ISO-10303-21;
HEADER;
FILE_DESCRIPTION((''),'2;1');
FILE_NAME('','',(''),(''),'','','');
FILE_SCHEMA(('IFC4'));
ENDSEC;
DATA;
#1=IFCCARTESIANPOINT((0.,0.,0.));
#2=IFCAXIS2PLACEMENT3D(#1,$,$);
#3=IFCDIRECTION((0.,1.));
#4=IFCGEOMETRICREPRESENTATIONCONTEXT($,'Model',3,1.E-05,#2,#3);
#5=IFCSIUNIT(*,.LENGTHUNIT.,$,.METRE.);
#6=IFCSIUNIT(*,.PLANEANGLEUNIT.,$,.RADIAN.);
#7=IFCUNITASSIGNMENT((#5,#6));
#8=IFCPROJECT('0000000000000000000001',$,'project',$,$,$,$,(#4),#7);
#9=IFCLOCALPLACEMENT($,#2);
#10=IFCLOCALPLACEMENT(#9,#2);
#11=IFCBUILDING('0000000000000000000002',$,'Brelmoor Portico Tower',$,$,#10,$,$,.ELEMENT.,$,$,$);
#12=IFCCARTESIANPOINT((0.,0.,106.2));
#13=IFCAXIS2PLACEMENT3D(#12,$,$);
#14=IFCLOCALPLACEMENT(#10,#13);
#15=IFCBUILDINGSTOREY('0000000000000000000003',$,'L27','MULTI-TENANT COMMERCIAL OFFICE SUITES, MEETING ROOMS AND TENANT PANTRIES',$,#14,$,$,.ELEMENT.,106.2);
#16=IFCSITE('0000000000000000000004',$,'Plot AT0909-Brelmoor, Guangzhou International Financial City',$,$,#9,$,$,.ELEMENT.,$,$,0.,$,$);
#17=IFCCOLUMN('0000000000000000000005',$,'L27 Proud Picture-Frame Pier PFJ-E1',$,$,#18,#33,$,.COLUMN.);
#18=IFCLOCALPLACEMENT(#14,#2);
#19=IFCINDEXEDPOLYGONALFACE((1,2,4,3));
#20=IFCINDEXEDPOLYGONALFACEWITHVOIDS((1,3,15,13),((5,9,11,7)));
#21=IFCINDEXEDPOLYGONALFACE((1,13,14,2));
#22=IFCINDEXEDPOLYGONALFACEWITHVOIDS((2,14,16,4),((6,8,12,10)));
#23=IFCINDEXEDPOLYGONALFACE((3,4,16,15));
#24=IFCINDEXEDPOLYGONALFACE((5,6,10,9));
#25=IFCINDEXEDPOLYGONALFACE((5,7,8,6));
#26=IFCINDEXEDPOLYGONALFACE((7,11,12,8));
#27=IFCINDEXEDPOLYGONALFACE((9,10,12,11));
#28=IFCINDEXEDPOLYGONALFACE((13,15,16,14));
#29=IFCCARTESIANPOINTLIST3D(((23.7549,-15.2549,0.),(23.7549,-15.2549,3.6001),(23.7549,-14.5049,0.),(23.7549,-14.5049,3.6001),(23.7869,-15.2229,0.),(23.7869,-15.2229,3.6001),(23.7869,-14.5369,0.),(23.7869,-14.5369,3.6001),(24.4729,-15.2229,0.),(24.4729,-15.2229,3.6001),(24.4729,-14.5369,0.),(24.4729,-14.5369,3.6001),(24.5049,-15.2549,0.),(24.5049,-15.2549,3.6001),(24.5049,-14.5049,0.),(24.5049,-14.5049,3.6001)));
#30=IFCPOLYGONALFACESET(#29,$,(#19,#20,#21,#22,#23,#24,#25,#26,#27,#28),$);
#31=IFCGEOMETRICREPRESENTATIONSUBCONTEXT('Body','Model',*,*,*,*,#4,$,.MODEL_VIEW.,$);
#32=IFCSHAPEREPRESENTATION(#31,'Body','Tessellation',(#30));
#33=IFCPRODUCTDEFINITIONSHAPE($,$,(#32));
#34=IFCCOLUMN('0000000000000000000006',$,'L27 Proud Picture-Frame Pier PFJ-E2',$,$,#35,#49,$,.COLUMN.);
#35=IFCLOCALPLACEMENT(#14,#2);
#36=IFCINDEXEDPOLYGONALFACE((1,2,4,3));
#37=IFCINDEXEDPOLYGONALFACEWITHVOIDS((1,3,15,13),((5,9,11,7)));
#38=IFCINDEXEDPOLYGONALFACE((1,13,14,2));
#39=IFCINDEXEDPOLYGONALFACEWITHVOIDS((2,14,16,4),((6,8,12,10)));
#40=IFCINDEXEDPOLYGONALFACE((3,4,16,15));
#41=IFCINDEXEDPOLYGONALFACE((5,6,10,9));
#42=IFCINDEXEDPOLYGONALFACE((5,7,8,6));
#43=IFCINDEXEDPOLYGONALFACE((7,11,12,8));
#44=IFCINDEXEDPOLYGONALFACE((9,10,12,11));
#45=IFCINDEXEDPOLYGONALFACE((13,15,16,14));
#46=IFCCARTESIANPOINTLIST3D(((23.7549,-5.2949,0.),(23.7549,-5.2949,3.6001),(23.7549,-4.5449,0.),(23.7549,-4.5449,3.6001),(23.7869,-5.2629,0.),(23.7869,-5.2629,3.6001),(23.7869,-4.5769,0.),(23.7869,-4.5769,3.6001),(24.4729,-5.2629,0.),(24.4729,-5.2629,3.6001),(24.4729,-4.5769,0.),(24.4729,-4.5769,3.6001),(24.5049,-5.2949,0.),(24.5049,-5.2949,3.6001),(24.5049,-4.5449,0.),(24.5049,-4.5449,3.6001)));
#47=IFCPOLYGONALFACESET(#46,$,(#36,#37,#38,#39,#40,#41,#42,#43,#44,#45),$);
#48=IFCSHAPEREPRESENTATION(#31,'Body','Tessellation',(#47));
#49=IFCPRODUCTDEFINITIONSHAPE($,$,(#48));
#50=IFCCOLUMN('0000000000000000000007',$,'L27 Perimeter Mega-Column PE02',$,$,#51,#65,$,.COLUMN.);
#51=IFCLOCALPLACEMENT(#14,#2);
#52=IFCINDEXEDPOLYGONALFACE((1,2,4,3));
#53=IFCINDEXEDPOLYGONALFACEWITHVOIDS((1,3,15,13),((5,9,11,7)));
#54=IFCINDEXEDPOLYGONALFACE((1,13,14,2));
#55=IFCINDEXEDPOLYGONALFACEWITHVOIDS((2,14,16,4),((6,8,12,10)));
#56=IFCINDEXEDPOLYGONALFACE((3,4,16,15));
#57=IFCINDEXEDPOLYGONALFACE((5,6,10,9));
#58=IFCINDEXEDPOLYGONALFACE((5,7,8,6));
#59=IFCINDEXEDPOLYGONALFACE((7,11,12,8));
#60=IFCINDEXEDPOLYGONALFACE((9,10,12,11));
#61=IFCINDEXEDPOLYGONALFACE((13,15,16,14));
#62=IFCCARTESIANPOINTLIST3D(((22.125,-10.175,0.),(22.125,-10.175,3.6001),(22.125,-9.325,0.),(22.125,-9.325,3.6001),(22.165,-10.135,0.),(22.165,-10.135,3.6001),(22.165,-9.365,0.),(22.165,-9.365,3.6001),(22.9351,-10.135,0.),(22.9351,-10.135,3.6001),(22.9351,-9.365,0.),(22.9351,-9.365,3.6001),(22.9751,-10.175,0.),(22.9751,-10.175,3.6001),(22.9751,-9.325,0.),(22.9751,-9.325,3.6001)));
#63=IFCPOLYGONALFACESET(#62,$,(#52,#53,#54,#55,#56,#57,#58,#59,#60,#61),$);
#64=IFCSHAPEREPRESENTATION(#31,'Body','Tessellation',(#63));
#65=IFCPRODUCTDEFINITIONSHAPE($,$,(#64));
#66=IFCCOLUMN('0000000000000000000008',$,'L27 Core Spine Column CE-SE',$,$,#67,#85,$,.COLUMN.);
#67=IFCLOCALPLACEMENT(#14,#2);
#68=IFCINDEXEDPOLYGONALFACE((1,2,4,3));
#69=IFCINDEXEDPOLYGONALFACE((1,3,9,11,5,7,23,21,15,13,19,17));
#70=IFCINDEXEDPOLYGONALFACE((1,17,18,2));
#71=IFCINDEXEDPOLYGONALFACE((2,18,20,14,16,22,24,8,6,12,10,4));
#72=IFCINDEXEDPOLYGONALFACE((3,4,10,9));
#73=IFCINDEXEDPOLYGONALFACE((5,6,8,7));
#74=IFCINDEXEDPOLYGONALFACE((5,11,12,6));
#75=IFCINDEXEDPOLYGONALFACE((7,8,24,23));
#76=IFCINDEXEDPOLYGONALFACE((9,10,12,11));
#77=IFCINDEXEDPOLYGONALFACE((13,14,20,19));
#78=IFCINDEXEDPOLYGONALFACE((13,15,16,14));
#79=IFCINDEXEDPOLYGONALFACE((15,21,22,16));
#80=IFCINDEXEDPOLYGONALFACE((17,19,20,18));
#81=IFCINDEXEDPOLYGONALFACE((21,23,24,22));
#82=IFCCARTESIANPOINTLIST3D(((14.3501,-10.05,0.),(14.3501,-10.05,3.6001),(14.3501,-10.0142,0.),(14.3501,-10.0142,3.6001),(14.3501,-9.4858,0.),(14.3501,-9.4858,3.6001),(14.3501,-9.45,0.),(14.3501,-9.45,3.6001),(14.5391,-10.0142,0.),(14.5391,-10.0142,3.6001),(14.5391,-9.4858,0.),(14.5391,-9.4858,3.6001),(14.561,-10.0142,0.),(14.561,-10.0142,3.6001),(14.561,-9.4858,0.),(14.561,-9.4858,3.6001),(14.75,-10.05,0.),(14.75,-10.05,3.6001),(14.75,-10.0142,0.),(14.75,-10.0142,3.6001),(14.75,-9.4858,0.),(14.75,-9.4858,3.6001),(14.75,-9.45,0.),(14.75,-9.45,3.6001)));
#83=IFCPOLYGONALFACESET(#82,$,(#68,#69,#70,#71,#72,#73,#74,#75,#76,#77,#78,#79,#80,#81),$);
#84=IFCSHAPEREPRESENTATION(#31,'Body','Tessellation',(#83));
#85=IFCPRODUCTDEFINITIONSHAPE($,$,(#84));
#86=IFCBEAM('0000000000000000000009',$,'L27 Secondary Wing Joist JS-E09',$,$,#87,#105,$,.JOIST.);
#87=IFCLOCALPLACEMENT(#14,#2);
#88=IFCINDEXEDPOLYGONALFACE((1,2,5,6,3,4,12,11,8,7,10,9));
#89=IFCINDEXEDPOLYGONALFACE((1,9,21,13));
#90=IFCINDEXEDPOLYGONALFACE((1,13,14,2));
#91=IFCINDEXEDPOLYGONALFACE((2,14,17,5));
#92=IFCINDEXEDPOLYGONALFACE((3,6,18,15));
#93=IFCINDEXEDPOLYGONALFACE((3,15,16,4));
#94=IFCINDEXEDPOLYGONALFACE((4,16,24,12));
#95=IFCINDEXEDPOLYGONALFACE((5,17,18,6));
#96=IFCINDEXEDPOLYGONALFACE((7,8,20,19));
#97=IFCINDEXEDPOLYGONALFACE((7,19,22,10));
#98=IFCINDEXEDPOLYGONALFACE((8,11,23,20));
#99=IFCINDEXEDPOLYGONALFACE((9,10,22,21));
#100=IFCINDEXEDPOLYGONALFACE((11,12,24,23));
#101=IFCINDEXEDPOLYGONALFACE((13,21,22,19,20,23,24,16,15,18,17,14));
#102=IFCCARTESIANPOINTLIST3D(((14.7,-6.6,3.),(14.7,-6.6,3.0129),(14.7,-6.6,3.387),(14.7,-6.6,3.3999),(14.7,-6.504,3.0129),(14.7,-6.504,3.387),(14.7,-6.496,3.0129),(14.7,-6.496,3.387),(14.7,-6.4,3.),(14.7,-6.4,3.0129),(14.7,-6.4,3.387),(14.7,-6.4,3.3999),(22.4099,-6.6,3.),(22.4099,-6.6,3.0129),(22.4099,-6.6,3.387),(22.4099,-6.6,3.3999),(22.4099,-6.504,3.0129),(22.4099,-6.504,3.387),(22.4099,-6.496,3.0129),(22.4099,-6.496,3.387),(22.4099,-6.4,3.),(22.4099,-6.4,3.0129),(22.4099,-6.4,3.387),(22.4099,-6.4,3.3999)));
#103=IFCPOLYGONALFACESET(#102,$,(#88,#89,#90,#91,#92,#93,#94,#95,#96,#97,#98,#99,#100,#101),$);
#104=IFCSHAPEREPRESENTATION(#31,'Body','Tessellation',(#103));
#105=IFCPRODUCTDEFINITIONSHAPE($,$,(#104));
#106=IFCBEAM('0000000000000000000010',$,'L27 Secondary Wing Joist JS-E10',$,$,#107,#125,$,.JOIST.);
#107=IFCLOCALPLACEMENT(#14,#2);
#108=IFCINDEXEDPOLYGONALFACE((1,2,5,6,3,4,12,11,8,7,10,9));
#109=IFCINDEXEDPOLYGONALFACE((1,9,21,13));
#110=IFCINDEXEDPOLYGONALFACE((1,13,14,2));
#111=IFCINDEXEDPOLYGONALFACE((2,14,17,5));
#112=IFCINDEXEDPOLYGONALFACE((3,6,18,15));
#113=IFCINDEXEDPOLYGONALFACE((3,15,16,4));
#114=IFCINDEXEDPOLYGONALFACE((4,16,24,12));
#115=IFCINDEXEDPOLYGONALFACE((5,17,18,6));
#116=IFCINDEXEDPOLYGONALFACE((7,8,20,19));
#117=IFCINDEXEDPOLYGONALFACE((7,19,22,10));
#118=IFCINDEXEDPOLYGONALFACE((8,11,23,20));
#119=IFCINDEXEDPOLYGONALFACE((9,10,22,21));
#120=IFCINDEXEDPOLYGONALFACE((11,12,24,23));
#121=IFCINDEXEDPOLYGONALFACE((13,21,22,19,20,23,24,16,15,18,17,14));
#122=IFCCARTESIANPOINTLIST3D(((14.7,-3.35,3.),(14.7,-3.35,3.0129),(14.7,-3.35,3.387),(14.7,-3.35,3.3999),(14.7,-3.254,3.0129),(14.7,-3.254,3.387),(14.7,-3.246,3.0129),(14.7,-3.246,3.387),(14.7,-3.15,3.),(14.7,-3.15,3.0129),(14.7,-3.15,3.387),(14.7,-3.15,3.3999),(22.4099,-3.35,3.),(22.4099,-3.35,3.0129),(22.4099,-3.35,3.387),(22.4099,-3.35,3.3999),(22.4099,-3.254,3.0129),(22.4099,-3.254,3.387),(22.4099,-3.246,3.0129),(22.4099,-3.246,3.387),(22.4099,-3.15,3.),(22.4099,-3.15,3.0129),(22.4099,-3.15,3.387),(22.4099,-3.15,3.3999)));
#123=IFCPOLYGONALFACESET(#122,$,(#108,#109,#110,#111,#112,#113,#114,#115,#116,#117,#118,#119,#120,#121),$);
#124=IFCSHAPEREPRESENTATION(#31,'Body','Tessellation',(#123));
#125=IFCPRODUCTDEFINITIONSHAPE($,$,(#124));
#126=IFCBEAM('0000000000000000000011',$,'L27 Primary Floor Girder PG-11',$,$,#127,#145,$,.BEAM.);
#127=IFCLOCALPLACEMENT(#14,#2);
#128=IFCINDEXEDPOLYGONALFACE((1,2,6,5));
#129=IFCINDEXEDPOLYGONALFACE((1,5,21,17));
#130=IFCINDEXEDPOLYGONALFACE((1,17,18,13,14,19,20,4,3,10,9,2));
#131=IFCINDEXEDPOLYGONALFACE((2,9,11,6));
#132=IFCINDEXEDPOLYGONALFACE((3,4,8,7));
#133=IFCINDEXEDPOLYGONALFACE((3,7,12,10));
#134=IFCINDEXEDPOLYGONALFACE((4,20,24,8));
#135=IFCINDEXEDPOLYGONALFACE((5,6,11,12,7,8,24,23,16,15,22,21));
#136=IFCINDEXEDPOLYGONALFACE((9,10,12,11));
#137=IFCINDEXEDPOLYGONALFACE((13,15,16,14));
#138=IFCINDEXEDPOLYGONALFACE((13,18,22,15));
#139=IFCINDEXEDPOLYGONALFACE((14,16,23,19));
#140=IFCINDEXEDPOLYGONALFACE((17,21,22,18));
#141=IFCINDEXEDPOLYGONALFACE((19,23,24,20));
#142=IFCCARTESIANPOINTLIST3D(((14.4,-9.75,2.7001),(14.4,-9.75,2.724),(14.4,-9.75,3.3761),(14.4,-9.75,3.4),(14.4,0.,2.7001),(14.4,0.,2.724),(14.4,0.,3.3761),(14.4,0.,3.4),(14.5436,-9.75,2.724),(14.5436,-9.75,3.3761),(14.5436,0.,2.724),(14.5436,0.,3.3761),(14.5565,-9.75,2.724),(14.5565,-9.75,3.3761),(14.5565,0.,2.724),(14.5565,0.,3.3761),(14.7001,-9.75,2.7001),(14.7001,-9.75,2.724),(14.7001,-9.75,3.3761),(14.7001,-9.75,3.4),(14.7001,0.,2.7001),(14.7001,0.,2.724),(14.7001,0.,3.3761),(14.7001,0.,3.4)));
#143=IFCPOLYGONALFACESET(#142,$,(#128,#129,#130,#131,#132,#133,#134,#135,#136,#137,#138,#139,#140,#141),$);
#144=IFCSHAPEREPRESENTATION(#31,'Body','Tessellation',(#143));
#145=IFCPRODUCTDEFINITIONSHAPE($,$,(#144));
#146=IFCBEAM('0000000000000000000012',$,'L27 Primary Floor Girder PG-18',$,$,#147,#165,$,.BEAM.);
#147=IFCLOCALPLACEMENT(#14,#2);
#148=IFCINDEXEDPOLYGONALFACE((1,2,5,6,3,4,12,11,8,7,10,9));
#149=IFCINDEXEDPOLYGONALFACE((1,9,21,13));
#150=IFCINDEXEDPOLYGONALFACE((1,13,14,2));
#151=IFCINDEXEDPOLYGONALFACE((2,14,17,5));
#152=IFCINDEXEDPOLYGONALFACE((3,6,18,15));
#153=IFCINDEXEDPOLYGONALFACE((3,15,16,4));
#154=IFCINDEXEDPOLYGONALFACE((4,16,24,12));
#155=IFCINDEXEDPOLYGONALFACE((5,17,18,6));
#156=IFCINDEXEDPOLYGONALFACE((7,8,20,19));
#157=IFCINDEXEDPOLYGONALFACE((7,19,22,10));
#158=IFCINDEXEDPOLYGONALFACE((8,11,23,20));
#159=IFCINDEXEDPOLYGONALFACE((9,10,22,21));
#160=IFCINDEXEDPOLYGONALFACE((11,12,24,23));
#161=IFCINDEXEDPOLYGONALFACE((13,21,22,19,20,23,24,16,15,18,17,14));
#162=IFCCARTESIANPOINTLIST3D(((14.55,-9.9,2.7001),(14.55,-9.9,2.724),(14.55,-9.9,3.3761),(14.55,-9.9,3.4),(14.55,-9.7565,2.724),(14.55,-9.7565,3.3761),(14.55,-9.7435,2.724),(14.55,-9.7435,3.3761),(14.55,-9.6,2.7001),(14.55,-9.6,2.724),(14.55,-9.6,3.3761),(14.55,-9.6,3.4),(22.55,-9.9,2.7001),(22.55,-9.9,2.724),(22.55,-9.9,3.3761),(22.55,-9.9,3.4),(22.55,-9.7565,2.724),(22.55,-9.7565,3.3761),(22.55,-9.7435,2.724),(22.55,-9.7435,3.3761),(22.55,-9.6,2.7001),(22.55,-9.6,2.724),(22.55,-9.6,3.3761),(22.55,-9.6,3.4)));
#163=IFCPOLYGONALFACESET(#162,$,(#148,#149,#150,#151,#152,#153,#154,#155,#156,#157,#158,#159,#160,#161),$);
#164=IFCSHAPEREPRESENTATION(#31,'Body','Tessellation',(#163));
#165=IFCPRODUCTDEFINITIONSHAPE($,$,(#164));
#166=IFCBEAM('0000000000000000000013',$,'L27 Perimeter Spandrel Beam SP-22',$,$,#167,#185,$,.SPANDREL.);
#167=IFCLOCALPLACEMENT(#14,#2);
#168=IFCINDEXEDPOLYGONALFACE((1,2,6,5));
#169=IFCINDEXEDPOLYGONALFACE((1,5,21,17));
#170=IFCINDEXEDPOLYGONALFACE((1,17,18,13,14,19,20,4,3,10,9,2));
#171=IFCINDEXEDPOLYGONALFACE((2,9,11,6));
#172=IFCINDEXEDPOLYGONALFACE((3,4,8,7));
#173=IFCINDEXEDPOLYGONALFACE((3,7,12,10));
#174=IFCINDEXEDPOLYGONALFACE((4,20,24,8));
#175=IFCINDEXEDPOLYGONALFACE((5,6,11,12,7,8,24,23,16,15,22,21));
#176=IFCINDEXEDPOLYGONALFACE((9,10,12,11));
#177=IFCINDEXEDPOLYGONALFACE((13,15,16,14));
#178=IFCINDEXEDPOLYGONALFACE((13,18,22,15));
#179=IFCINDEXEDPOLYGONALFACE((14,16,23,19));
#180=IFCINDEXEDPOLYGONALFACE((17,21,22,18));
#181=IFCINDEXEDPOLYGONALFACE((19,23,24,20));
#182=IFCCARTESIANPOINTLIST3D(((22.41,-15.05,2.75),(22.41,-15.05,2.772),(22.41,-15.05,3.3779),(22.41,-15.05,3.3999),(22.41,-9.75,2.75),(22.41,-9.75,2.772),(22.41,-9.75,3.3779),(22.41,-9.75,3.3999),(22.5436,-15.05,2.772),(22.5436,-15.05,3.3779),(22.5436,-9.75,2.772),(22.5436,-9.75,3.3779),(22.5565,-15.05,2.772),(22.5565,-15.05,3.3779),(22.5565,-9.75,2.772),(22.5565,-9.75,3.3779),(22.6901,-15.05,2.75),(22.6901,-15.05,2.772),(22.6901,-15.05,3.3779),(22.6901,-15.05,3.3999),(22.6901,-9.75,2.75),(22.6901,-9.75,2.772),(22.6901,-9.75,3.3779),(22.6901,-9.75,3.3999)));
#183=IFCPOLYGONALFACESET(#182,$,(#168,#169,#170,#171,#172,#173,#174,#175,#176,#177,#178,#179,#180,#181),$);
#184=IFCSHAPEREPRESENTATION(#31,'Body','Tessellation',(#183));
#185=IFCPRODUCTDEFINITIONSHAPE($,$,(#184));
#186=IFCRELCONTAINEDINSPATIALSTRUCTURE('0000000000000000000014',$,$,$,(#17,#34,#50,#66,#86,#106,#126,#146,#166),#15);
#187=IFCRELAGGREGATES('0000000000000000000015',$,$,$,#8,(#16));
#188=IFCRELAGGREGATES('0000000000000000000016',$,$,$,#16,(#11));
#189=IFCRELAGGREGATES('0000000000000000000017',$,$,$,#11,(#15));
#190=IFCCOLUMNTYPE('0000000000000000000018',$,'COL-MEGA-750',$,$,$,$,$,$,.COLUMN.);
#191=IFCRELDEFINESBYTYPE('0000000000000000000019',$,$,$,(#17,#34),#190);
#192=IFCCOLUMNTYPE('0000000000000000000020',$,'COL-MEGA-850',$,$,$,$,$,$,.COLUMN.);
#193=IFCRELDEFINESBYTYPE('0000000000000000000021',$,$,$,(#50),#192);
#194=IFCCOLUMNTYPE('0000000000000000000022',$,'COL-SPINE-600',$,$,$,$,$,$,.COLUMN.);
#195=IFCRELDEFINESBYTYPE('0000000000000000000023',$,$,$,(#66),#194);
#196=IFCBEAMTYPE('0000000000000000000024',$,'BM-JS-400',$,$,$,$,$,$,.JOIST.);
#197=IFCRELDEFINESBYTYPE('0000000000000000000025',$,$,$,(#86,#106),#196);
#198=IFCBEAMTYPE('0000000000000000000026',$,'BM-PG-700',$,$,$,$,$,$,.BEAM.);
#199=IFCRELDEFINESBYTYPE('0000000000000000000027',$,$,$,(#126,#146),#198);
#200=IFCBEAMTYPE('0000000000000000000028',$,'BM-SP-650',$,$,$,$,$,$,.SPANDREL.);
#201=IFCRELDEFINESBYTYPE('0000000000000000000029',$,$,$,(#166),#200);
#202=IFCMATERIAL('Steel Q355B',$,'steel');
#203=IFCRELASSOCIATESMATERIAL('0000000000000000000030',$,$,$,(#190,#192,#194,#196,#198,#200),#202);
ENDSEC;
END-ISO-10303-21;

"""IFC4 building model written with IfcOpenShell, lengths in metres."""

from ifc_helpers import new_model, si_unit, direction, frame, origin, origin_2d, place, context, subcontext, project, spatial, hollow_rectangle, i_section, extrude, material, material_profile, profile_set, type_object, element, save


model = new_model("IFC4")

# Units and contexts
model_context = context("Model", 3, precision=1e-05, world=origin(), true_north=direction((0.0, 1.0)))
body_context = subcontext(model_context, "Body", "Model", "MODEL_VIEW")
ifc_project = project(units=[si_unit("LENGTHUNIT", "METRE"), si_unit("PLANEANGLEUNIT", "RADIAN")], contexts=[model_context])

# Site, building, storey
site_placement = place(None, origin())
site = spatial("IfcSite", under=ifc_project, at=site_placement, Name="Plot AT0909-Brelmoor, Guangzhou International Financial City", CompositionType="ELEMENT", RefElevation=0.0)
building_placement = place(site_placement, origin())
building = spatial("IfcBuilding", under=site, at=building_placement, Name="Brelmoor Portico Tower", CompositionType="ELEMENT")
storey_placement = place(building_placement, frame((0.0, 0.0, 106.2)))
storey = spatial("IfcBuildingStorey", under=building, at=storey_placement, Name="L27", Description="MULTI-TENANT COMMERCIAL OFFICE SUITES, MEETING ROOMS AND TENANT PANTRIES", CompositionType="ELEMENT", Elevation=106.2)

# Columns
ifc_material_1 = material(Name="Steel Q355B", Category="steel")
ifc_material_profile_1 = material_profile(ifc_material_1, hollow_rectangle(XDim=0.75, YDim=0.75, WallThickness=0.032, at=origin_2d()), Name="BOX 750x750x32")
ifc_profile_set_1 = profile_set([ifc_material_profile_1], Name="Steel Q355B")
column_type_1 = type_object("IfcColumnType", Name="COL-MEGA-750", PredefinedType="COLUMN", material=ifc_profile_set_1)
for number, where, z_axis, x_axis, name in (
    (1, (24.1299, -14.8799, 0.0), (0.0, 0.0, 1.0), (0.0, 1.0, 0.0), "L27 Proud Picture-Frame Pier PFJ-E1"),
    (2, (24.1299, -4.9199, 0.0), (0.0, 0.0, 1.0), (0.0, 1.0, 0.0), "L27 Proud Picture-Frame Pier PFJ-E2"),
):
    element("IfcColumn", number, at=place(storey_placement, frame(where, z_axis=z_axis, x_axis=x_axis)), inside=storey, type_object=column_type_1, Name=name, PredefinedType="COLUMN", context=body_context, shape_type="SweptSolid", body=[
        extrude(hollow_rectangle(XDim=0.75, YDim=0.75, WallThickness=0.032, at=origin_2d()), origin(), (0.0, 0.0, 1.0), 3.6001),
    ])
ifc_material_profile_2 = material_profile(ifc_material_1, hollow_rectangle(XDim=0.8501, YDim=0.8501, WallThickness=0.04, at=origin_2d()), Name="BOX 850x850x40")
ifc_profile_set_2 = profile_set([ifc_material_profile_2], Name="Steel Q355B")
column_type_2 = type_object("IfcColumnType", Name="COL-MEGA-850", PredefinedType="COLUMN", material=ifc_profile_set_2)
column_1_placement = place(storey_placement, frame((22.55, -9.75, 0.0), z_axis=(0.0, 0.0, 1.0), x_axis=(0.0, 1.0, 0.0)))
element("IfcColumn", 3, at=column_1_placement, inside=storey, type_object=column_type_2, Name="L27 Perimeter Mega-Column PE02", PredefinedType="COLUMN", context=body_context, shape_type="SweptSolid", body=[
    extrude(hollow_rectangle(XDim=0.8501, YDim=0.8501, WallThickness=0.04, at=origin_2d()), origin(), (0.0, 0.0, 1.0), 3.6001),
])
ifc_material_profile_3 = material_profile(ifc_material_1, i_section(OverallWidth=0.3999, OverallDepth=0.6001, WebThickness=0.022, FlangeThickness=0.0359, at=origin_2d()), Name="HW 600x400x22x36")
ifc_profile_set_3 = profile_set([ifc_material_profile_3], Name="Steel Q355B")
column_type_3 = type_object("IfcColumnType", Name="COL-SPINE-600", PredefinedType="COLUMN", material=ifc_profile_set_3)
column_2_placement = place(storey_placement, frame((14.55, -9.75, 0.0), z_axis=(0.0, 0.0, 1.0), x_axis=(1.0, 0.0, 0.0)))
element("IfcColumn", 4, at=column_2_placement, inside=storey, type_object=column_type_3, Name="L27 Core Spine Column CE-SE", PredefinedType="COLUMN", context=body_context, shape_type="SweptSolid", body=[
    extrude(i_section(OverallWidth=0.3999, OverallDepth=0.6001, WebThickness=0.022, FlangeThickness=0.0359, at=origin_2d()), origin(), (0.0, 0.0, 1.0), 3.6001),
])

# Beams
ifc_material_profile_4 = material_profile(ifc_material_1, i_section(OverallWidth=0.2, OverallDepth=0.3999, WebThickness=0.0081, FlangeThickness=0.0129, at=origin_2d()), Name="HN 400x200x8x13")
ifc_profile_set_4 = profile_set([ifc_material_profile_4], Name="Steel Q355B")
beam_type_1 = type_object("IfcBeamType", Name="BM-JS-400", PredefinedType="JOIST", material=ifc_profile_set_4)
for number, where, z_axis, x_axis, name in (
    (5, (14.7, -6.5, 3.2), (1.0, 0.0, 0.0), (0.0, 1.0, 0.0), "L27 Secondary Wing Joist JS-E09"),
    (6, (14.7, -3.25, 3.2), (1.0, 0.0, 0.0), (0.0, 1.0, 0.0), "L27 Secondary Wing Joist JS-E10"),
):
    element("IfcBeam", number, at=place(storey_placement, frame(where, z_axis=z_axis, x_axis=x_axis)), inside=storey, type_object=beam_type_1, Name=name, PredefinedType="JOIST", context=body_context, shape_type="SweptSolid", body=[
        extrude(i_section(OverallWidth=0.2, OverallDepth=0.3999, WebThickness=0.0081, FlangeThickness=0.0129, at=origin_2d()), origin(), (0.0, 0.0, 1.0), 7.71),
    ])
ifc_material_profile_5 = material_profile(ifc_material_1, i_section(OverallWidth=0.3, OverallDepth=0.7, WebThickness=0.0129, FlangeThickness=0.0239, at=origin_2d()), Name="HN 700x300x13x24")
ifc_profile_set_5 = profile_set([ifc_material_profile_5], Name="Steel Q355B")
beam_type_2 = type_object("IfcBeamType", Name="BM-PG-700", PredefinedType="BEAM", material=ifc_profile_set_5)
beam_1_placement = place(storey_placement, frame((14.55, -9.75, 3.05), z_axis=(0.0, 1.0, 0.0), x_axis=(-1.0, 0.0, 0.0)))
element("IfcBeam", 7, at=beam_1_placement, inside=storey, type_object=beam_type_2, Name="L27 Primary Floor Girder PG-11", PredefinedType="BEAM", context=body_context, shape_type="SweptSolid", body=[
    extrude(i_section(OverallWidth=0.3, OverallDepth=0.7, WebThickness=0.0129, FlangeThickness=0.0239, at=origin_2d()), origin(), (0.0, 0.0, 1.0), 9.75),
])
beam_2_placement = place(storey_placement, frame((14.55, -9.75, 3.05), z_axis=(1.0, 0.0, 0.0), x_axis=(0.0, 1.0, 0.0)))
element("IfcBeam", 8, at=beam_2_placement, inside=storey, type_object=beam_type_2, Name="L27 Primary Floor Girder PG-18", PredefinedType="BEAM", context=body_context, shape_type="SweptSolid", body=[
    extrude(i_section(OverallWidth=0.3, OverallDepth=0.7, WebThickness=0.0129, FlangeThickness=0.0239, at=origin_2d()), origin(), (0.0, 0.0, 1.0), 8.0),
])
ifc_material_profile_6 = material_profile(ifc_material_1, i_section(OverallWidth=0.28, OverallDepth=0.6499, WebThickness=0.0129, FlangeThickness=0.022, at=origin_2d()), Name="HN 650x280x13x22")
ifc_profile_set_6 = profile_set([ifc_material_profile_6], Name="Steel Q355B")
beam_type_3 = type_object("IfcBeamType", Name="BM-SP-650", PredefinedType="SPANDREL", material=ifc_profile_set_6)
beam_3_placement = place(storey_placement, frame((22.55, -15.05, 3.075), z_axis=(0.0, 1.0, 0.0), x_axis=(-1.0, 0.0, 0.0)))
element("IfcBeam", 9, at=beam_3_placement, inside=storey, type_object=beam_type_3, Name="L27 Perimeter Spandrel Beam SP-22", PredefinedType="SPANDREL", context=body_context, shape_type="SweptSolid", body=[
    extrude(i_section(OverallWidth=0.28, OverallDepth=0.6499, WebThickness=0.0129, FlangeThickness=0.022, at=origin_2d()), origin(), (0.0, 0.0, 1.0), 5.3),
])

save(model, "model.ifc")
